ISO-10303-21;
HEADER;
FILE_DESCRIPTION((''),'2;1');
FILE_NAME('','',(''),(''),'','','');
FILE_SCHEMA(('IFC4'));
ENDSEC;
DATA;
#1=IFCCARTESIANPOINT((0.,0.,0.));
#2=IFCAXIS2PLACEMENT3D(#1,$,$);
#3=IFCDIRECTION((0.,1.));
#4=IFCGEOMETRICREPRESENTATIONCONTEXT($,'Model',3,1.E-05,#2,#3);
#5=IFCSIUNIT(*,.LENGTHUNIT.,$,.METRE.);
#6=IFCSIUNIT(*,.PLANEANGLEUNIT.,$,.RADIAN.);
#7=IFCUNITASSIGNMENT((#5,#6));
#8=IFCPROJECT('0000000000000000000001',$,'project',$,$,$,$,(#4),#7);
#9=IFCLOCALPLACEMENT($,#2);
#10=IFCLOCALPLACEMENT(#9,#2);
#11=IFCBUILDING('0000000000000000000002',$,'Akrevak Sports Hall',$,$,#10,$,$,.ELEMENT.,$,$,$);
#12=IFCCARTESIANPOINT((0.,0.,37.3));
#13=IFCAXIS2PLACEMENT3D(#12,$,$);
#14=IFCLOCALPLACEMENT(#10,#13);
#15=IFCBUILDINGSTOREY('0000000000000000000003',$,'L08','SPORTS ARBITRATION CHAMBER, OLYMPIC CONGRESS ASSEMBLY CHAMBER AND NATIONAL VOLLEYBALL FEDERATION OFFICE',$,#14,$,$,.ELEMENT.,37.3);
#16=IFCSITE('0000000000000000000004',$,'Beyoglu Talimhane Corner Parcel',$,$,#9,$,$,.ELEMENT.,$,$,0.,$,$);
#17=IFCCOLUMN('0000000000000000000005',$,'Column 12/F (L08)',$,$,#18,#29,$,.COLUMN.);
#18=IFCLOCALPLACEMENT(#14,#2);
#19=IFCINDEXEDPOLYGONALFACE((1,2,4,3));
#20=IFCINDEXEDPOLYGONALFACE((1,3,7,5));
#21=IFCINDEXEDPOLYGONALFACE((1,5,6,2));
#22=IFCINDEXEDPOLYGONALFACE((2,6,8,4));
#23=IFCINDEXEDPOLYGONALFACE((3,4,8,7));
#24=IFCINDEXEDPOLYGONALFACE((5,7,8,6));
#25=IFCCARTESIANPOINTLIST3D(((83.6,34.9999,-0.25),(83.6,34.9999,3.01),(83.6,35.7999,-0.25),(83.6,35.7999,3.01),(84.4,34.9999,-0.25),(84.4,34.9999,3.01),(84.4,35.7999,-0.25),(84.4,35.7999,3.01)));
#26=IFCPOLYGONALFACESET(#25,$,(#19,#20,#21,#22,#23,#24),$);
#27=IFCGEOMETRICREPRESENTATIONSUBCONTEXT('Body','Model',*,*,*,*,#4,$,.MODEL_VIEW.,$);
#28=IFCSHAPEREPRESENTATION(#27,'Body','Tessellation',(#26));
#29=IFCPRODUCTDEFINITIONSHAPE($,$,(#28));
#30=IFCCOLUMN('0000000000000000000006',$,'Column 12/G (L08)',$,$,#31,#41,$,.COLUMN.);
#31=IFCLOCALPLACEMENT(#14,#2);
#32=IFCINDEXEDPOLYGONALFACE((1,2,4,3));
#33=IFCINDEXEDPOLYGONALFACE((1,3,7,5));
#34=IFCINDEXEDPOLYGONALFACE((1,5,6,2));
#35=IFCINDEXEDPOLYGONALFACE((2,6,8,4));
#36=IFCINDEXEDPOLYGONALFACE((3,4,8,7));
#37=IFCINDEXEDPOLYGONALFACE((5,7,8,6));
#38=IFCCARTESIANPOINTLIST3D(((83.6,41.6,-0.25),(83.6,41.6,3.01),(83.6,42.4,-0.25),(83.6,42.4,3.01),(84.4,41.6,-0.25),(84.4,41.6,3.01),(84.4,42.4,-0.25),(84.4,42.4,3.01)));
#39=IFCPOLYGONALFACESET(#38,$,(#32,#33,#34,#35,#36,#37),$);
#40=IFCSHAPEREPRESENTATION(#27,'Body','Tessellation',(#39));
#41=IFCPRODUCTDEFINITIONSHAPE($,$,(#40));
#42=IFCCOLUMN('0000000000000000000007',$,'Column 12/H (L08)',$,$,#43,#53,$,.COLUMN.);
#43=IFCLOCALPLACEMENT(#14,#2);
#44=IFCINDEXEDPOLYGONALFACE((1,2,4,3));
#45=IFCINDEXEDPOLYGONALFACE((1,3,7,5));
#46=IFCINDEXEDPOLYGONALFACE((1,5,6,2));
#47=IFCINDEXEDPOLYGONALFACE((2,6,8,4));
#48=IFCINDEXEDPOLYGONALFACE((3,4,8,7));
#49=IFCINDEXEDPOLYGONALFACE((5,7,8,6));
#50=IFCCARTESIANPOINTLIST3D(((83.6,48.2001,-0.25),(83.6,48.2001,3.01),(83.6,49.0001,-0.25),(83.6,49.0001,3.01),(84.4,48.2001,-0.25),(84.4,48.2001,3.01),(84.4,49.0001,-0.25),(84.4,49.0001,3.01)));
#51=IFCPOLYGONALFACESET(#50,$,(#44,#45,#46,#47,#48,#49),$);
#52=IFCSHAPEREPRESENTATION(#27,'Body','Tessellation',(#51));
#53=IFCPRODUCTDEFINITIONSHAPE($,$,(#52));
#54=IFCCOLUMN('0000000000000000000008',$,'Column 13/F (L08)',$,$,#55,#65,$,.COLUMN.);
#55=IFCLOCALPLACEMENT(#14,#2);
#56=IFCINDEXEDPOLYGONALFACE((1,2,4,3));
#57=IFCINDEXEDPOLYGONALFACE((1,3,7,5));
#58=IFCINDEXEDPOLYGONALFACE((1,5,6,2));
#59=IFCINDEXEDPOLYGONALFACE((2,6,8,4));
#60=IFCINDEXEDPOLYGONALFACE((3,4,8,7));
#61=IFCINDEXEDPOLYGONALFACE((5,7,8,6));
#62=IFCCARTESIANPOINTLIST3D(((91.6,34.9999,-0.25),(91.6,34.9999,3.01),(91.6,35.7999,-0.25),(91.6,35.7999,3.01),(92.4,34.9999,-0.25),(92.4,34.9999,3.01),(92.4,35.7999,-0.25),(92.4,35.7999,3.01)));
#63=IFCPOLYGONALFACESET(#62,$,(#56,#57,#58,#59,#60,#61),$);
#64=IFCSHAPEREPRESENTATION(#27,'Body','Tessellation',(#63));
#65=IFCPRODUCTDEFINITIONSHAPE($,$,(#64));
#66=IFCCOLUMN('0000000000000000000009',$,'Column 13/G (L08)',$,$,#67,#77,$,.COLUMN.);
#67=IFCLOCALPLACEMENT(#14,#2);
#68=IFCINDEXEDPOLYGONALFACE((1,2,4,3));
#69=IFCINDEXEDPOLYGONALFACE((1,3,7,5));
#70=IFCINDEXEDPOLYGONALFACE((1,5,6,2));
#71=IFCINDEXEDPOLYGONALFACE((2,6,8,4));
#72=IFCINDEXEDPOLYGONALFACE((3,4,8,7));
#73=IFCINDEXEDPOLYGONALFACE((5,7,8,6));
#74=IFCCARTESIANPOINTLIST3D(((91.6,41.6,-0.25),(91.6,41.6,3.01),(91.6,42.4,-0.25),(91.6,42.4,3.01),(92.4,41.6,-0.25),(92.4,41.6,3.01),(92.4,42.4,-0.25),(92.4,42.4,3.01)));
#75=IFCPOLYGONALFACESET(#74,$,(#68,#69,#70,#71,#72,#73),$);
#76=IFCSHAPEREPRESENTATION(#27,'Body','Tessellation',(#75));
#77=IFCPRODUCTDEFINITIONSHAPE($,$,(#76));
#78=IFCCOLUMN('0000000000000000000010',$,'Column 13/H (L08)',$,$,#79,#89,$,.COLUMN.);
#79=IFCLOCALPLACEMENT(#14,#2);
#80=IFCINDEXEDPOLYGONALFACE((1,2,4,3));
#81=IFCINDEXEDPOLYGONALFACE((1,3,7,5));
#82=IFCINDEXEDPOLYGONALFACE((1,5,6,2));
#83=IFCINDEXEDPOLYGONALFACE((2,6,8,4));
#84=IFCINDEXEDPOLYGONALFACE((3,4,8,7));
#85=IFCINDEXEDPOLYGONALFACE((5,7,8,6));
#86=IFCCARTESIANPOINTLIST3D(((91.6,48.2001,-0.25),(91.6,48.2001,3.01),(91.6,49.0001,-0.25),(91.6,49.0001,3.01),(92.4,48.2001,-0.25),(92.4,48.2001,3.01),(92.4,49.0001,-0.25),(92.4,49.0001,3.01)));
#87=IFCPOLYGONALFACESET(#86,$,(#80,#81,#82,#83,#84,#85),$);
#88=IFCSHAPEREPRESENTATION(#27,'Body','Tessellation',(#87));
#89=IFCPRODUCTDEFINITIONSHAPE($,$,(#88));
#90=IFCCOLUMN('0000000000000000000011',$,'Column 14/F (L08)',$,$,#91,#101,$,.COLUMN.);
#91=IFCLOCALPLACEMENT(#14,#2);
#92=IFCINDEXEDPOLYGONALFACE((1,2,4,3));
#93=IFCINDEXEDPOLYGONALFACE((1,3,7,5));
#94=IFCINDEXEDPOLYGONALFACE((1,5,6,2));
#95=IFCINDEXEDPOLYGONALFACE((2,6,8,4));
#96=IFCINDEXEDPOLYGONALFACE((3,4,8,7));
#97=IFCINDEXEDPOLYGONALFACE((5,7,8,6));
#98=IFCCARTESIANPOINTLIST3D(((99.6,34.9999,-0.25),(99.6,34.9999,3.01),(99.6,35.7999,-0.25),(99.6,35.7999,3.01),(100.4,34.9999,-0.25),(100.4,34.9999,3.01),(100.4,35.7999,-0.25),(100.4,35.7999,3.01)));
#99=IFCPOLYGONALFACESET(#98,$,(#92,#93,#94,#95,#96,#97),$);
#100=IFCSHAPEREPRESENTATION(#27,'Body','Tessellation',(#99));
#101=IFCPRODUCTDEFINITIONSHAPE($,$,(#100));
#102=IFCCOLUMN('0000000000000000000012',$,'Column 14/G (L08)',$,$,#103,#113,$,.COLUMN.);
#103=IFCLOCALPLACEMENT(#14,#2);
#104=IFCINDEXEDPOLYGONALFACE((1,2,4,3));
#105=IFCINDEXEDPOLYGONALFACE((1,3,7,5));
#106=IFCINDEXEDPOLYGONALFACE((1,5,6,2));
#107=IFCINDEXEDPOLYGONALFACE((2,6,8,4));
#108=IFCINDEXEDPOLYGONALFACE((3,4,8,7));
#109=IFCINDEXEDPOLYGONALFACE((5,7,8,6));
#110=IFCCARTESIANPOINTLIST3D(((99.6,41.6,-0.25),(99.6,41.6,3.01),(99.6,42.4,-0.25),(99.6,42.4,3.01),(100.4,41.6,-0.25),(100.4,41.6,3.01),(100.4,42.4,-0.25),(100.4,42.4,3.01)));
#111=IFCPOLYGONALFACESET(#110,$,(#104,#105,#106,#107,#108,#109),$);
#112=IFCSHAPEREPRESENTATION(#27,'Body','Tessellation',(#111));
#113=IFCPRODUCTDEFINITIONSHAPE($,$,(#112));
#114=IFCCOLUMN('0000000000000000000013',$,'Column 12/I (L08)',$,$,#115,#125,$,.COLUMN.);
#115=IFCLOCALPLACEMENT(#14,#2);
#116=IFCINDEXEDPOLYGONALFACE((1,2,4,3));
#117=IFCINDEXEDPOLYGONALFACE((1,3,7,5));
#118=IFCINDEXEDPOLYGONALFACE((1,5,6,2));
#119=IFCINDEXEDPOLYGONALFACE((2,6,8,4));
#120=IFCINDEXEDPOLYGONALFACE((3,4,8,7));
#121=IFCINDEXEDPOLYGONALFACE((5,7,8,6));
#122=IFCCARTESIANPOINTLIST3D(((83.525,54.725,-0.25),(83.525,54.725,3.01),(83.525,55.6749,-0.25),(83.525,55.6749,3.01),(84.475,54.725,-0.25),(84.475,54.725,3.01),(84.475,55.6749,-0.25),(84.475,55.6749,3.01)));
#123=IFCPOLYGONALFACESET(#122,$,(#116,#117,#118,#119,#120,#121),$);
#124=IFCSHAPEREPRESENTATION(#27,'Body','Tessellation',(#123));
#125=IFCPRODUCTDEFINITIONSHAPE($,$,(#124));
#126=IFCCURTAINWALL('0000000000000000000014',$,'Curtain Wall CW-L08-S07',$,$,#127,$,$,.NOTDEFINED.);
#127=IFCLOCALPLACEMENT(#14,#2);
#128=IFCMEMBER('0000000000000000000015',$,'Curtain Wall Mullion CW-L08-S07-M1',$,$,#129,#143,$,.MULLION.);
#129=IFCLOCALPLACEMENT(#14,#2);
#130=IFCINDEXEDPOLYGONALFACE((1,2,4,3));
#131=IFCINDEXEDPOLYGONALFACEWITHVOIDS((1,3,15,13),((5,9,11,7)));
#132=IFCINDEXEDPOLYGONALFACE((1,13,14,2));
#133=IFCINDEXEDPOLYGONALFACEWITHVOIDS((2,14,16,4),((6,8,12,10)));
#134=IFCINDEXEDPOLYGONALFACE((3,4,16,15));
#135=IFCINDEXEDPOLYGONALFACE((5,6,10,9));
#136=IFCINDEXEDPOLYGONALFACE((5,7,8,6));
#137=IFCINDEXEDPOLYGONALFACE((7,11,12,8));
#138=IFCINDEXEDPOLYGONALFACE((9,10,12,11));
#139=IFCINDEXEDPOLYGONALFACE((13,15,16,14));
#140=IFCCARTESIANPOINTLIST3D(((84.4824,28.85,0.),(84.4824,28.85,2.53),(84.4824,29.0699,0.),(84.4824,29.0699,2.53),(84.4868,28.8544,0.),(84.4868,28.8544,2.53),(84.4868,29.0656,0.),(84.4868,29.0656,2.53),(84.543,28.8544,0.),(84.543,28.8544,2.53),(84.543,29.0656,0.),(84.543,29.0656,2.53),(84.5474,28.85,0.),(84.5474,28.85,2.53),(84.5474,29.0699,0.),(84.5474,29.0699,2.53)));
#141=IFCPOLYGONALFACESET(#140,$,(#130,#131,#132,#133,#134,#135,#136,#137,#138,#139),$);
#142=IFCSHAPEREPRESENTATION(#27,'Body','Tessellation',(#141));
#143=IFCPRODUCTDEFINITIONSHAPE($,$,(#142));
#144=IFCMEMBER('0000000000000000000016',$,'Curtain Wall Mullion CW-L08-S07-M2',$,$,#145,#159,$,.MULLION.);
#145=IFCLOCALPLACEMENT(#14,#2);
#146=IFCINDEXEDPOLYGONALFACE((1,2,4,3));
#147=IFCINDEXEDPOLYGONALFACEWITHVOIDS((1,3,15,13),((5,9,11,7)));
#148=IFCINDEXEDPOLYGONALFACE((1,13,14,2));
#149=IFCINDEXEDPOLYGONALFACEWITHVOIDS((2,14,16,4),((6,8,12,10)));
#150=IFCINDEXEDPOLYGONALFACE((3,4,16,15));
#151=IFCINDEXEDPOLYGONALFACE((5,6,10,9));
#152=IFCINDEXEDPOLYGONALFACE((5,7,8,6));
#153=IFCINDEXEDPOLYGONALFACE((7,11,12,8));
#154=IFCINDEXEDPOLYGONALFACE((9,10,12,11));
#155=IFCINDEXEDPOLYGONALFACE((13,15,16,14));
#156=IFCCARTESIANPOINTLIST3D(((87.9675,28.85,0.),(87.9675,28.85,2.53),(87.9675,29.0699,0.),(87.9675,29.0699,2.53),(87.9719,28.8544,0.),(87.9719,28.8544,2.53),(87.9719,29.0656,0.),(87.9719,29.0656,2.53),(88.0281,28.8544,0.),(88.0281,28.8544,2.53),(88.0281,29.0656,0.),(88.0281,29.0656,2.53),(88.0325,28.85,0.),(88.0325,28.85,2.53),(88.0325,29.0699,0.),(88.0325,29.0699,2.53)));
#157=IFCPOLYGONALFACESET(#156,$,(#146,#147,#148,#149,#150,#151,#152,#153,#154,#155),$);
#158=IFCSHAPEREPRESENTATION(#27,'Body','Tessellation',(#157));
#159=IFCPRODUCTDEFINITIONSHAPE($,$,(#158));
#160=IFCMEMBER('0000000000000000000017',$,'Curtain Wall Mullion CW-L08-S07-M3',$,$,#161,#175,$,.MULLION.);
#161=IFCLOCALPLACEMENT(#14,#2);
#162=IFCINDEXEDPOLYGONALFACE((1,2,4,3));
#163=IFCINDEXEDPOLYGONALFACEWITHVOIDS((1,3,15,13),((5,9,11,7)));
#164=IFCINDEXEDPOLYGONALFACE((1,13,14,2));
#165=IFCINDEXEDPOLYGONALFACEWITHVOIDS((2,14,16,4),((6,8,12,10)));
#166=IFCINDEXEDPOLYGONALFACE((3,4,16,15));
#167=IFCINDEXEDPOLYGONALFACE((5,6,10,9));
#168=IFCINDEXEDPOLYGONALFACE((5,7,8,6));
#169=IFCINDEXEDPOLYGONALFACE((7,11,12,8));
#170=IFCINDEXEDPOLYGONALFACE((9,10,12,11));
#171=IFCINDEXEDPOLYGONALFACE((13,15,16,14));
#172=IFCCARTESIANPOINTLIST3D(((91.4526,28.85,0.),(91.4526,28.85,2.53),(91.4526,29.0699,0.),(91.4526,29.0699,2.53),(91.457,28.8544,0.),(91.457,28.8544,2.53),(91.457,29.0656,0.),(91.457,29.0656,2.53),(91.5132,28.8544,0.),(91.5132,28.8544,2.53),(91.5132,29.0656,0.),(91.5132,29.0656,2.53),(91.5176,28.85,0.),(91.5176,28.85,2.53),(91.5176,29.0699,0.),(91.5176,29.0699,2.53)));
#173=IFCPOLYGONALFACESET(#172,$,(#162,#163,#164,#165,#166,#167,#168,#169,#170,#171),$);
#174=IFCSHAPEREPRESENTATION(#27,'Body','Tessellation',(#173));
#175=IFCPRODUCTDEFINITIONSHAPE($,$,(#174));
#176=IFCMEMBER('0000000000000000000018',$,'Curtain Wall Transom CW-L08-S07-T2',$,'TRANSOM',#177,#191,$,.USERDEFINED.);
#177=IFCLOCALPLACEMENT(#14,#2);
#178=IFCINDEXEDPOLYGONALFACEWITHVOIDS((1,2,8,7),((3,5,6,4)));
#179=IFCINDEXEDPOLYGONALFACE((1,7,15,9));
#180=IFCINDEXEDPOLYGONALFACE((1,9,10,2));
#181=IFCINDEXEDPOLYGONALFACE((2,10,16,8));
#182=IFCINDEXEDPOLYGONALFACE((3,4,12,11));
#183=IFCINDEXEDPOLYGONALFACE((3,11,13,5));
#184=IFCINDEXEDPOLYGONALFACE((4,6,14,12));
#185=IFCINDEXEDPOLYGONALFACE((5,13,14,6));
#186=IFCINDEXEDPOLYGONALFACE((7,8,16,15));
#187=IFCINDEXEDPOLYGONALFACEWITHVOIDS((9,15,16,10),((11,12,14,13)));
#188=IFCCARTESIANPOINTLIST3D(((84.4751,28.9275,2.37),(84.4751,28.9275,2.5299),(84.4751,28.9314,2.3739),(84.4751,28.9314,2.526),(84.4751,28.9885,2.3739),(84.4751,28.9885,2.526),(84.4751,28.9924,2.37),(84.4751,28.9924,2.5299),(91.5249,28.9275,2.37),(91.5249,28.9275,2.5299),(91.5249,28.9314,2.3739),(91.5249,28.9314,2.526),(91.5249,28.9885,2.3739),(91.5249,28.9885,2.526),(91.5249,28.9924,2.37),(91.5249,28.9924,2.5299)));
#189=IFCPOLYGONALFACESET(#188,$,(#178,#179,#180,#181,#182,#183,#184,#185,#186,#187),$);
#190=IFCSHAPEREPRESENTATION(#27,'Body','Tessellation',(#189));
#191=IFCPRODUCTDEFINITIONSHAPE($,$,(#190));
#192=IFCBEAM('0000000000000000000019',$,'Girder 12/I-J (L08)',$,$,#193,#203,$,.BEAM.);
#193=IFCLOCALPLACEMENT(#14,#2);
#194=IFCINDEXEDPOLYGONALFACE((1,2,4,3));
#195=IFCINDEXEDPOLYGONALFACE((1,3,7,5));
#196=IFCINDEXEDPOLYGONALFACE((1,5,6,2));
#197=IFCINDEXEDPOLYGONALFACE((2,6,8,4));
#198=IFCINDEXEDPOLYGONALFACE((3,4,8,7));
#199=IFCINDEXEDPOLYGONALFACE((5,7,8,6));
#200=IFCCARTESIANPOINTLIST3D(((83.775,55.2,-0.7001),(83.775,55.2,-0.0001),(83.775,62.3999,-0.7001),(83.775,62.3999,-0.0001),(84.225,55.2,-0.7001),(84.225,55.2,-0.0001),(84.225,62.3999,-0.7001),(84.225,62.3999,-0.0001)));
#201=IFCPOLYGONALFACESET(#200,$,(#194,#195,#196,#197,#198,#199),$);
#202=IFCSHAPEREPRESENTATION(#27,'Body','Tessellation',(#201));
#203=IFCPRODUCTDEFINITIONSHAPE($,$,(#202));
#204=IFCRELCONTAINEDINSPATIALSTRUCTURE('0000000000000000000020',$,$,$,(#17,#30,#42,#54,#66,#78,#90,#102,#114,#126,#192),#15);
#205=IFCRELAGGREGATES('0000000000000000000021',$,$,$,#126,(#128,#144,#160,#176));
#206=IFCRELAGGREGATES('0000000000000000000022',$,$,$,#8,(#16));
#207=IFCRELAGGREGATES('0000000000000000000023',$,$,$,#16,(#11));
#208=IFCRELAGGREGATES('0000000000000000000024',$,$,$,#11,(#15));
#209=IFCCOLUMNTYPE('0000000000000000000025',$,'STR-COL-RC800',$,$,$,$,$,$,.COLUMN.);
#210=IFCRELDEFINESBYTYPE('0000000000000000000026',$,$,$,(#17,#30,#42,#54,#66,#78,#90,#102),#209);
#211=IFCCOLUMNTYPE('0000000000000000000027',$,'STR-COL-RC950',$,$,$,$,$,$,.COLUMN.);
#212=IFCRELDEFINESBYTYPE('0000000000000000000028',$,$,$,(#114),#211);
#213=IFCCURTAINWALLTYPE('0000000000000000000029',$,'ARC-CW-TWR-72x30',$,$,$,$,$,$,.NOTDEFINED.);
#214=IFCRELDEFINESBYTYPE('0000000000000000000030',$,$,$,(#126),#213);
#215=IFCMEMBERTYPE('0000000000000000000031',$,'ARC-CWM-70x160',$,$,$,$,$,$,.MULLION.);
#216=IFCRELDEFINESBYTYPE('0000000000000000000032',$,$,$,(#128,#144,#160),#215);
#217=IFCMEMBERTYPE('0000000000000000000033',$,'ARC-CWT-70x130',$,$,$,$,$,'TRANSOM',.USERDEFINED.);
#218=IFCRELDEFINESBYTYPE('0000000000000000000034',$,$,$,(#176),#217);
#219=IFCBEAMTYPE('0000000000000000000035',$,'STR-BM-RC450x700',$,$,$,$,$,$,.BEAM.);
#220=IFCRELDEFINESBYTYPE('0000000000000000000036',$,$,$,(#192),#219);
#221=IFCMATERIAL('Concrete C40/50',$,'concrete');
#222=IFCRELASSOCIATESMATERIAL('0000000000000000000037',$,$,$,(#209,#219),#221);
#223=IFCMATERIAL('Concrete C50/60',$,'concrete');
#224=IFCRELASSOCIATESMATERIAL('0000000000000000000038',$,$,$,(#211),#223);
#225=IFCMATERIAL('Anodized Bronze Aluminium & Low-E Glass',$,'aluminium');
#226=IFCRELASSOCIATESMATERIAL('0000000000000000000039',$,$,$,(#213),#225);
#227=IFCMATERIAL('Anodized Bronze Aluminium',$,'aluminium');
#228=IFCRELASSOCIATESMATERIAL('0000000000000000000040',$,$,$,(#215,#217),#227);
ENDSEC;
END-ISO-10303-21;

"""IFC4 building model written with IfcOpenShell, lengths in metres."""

from ifc_helpers import new_model, si_unit, direction, frame, origin, origin_2d, place, context, subcontext, project, spatial, rectangle, hollow_rectangle, extrude, material, material_profile, profile_set, type_object, element, aggregate, save


model = new_model("IFC4")

# Units and contexts
model_context = context("Model", 3, precision=1e-05, world=origin(), true_north=direction((0.0, 1.0)))
body_context = subcontext(model_context, "Body", "Model", "MODEL_VIEW")
ifc_project = project(units=[si_unit("LENGTHUNIT", "METRE"), si_unit("PLANEANGLEUNIT", "RADIAN")], contexts=[model_context])

# Site, building, storey
site_placement = place(None, origin())
site = spatial("IfcSite", under=ifc_project, at=site_placement, Name="Beyoglu Talimhane Corner Parcel", CompositionType="ELEMENT", RefElevation=0.0)
building_placement = place(site_placement, origin())
building = spatial("IfcBuilding", under=site, at=building_placement, Name="Akrevak Sports Hall", CompositionType="ELEMENT")
storey_placement = place(building_placement, frame((0.0, 0.0, 37.3)))
storey = spatial("IfcBuildingStorey", under=building, at=storey_placement, Name="L08", Description="SPORTS ARBITRATION CHAMBER, OLYMPIC CONGRESS ASSEMBLY CHAMBER AND NATIONAL VOLLEYBALL FEDERATION OFFICE", CompositionType="ELEMENT", Elevation=37.3)

# Columns
ifc_material_1 = material(Name="Concrete C40/50", Category="concrete")
ifc_material_profile_1 = material_profile(ifc_material_1, rectangle(XDim=0.8, YDim=0.8, at=origin_2d()), Name="RC 800x800", Category="concrete")
ifc_profile_set_1 = profile_set([ifc_material_profile_1], Name="Concrete C40/50")
column_type_1 = type_object("IfcColumnType", Name="STR-COL-RC800", PredefinedType="COLUMN", material=ifc_profile_set_1)
for number, where, z_axis, x_axis, name in (
    (1, (84.0, 35.3999, -0.25), (0.0, 0.0, 1.0), (1.0, 0.0, 0.0), "Column 12/F (L08)"),
    (2, (84.0, 42.0, -0.25), (0.0, 0.0, 1.0), (1.0, 0.0, 0.0), "Column 12/G (L08)"),
    (3, (84.0, 48.6001, -0.25), (0.0, 0.0, 1.0), (1.0, 0.0, 0.0), "Column 12/H (L08)"),
    (4, (92.0, 35.3999, -0.25), (0.0, 0.0, 1.0), (1.0, 0.0, 0.0), "Column 13/F (L08)"),
    (5, (92.0, 42.0, -0.25), (0.0, 0.0, 1.0), (1.0, 0.0, 0.0), "Column 13/G (L08)"),
    (6, (92.0, 48.6001, -0.25), (0.0, 0.0, 1.0), (1.0, 0.0, 0.0), "Column 13/H (L08)"),
    (7, (100.0, 35.3999, -0.25), (0.0, 0.0, 1.0), (1.0, 0.0, 0.0), "Column 14/F (L08)"),
    (8, (100.0, 42.0, -0.25), (0.0, 0.0, 1.0), (1.0, 0.0, 0.0), "Column 14/G (L08)"),
):
    element("IfcColumn", number, at=place(storey_placement, frame(where, z_axis=z_axis, x_axis=x_axis)), inside=storey, type_object=column_type_1, Name=name, PredefinedType="COLUMN", context=body_context, shape_type="SweptSolid", body=[
        extrude(rectangle(XDim=0.8, YDim=0.8, at=origin_2d()), origin(), (0.0, 0.0, 1.0), 3.26),
    ])
ifc_material_2 = material(Name="Concrete C50/60", Category="concrete")
ifc_material_profile_2 = material_profile(ifc_material_2, rectangle(XDim=0.95, YDim=0.95, at=origin_2d()), Name="RC 950x950", Category="concrete")
ifc_profile_set_2 = profile_set([ifc_material_profile_2], Name="Concrete C50/60")
column_type_2 = type_object("IfcColumnType", Name="STR-COL-RC950", PredefinedType="COLUMN", material=ifc_profile_set_2)
column_placement = place(storey_placement, frame((84.0, 55.2, -0.25), z_axis=(0.0, 0.0, 1.0), x_axis=(1.0, 0.0, 0.0)))
element("IfcColumn", 9, at=column_placement, inside=storey, type_object=column_type_2, Name="Column 12/I (L08)", PredefinedType="COLUMN", context=body_context, shape_type="SweptSolid", body=[
    extrude(rectangle(XDim=0.95, YDim=0.95, at=origin_2d()), origin(), (0.0, 0.0, 1.0), 3.26),
])

# Curtain wall, members
ifc_material_3 = material(Name="Anodized Bronze Aluminium & Low-E Glass", Category="aluminium")
curtain_wall_type = type_object("IfcCurtainWallType", Name="ARC-CW-TWR-72x30", PredefinedType="NOTDEFINED", material=ifc_material_3)
curtain_wall_placement = place(storey_placement, origin())
curtain_wall = element("IfcCurtainWall", 10, at=curtain_wall_placement, inside=storey, type_object=curtain_wall_type, Name="Curtain Wall CW-L08-S07", PredefinedType="NOTDEFINED")
ifc_material_4 = material(Name="Anodized Bronze Aluminium", Category="aluminium")
ifc_material_profile_3 = material_profile(ifc_material_4, hollow_rectangle(XDim=0.0649, YDim=0.22, WallThickness=0.0044, at=origin_2d()), Name="CWM 65x220", Category="aluminium")
ifc_profile_set_3 = profile_set([ifc_material_profile_3], Name="Anodized Bronze Aluminium")
member_type_1 = type_object("IfcMemberType", Name="ARC-CWM-70x160", PredefinedType="MULLION", material=ifc_profile_set_3)
member_1_placement = place(storey_placement, frame((84.5149, 28.96, 0.0), z_axis=(0.0, 0.0, 1.0), x_axis=(1.0, 0.0, 0.0)))
member_1 = element("IfcMember", 11, at=member_1_placement, type_object=member_type_1, Name="Curtain Wall Mullion CW-L08-S07-M1", PredefinedType="MULLION", context=body_context, shape_type="SweptSolid", body=[
    extrude(hollow_rectangle(XDim=0.0649, YDim=0.22, WallThickness=0.0044, at=origin_2d()), origin(), (0.0, 0.0, 1.0), 2.53),
])
member_2_placement = place(storey_placement, frame((88.0, 28.96, 0.0), z_axis=(0.0, 0.0, 1.0), x_axis=(1.0, 0.0, 0.0)))
member_2 = element("IfcMember", 12, at=member_2_placement, type_object=member_type_1, Name="Curtain Wall Mullion CW-L08-S07-M2", PredefinedType="MULLION", context=body_context, shape_type="SweptSolid", body=[
    extrude(hollow_rectangle(XDim=0.0649, YDim=0.22, WallThickness=0.0044, at=origin_2d()), origin(), (0.0, 0.0, 1.0), 2.53),
])
member_3_placement = place(storey_placement, frame((91.4851, 28.96, 0.0), z_axis=(0.0, 0.0, 1.0), x_axis=(1.0, 0.0, 0.0)))
member_3 = element("IfcMember", 13, at=member_3_placement, type_object=member_type_1, Name="Curtain Wall Mullion CW-L08-S07-M3", PredefinedType="MULLION", context=body_context, shape_type="SweptSolid", body=[
    extrude(hollow_rectangle(XDim=0.0649, YDim=0.22, WallThickness=0.0044, at=origin_2d()), origin(), (0.0, 0.0, 1.0), 2.53),
])
ifc_material_profile_4 = material_profile(ifc_material_4, hollow_rectangle(XDim=0.0649, YDim=0.1599, WallThickness=0.0039, at=origin_2d()), Name="CWT 65x160", Category="aluminium")
ifc_profile_set_4 = profile_set([ifc_material_profile_4], Name="Anodized Bronze Aluminium")
member_type_2 = type_object("IfcMemberType", Name="ARC-CWT-70x130", ElementType="TRANSOM", PredefinedType="USERDEFINED", material=ifc_profile_set_4)
member_4_placement = place(storey_placement, frame((84.4751, 28.96, 2.45), z_axis=(1.0, 0.0, 0.0), x_axis=(0.0, 1.0, 0.0)))
member_4 = element("IfcMember", 14, at=member_4_placement, type_object=member_type_2, Name="Curtain Wall Transom CW-L08-S07-T2", ObjectType="TRANSOM", PredefinedType="USERDEFINED", context=body_context, shape_type="SweptSolid", body=[
    extrude(hollow_rectangle(XDim=0.0649, YDim=0.1599, WallThickness=0.0039, at=origin_2d()), origin(), (0.0, 0.0, 1.0), 7.0498),
])

# Beam
ifc_material_profile_5 = material_profile(ifc_material_1, rectangle(XDim=0.45, YDim=0.7, at=origin_2d()), Name="BM 450x700", Category="concrete")
ifc_profile_set_5 = profile_set([ifc_material_profile_5], Name="Concrete C40/50")
beam_type_1 = type_object("IfcBeamType", Name="STR-BM-RC450x700", PredefinedType="BEAM", material=ifc_profile_set_5)
beam_placement = place(storey_placement, frame((84.0, 55.2, -0.3501), z_axis=(0.0, 1.0, 0.0), x_axis=(-1.0, 0.0, 0.0)))
element("IfcBeam", 15, at=beam_placement, inside=storey, type_object=beam_type_1, Name="Girder 12/I-J (L08)", PredefinedType="BEAM", context=body_context, shape_type="SweptSolid", body=[
    extrude(rectangle(XDim=0.45, YDim=0.7, at=origin_2d()), origin(), (0.0, 0.0, 1.0), 7.2),
])

aggregate(curtain_wall, [member_1, member_2, member_3, member_4])

save(model, "model.ifc")
